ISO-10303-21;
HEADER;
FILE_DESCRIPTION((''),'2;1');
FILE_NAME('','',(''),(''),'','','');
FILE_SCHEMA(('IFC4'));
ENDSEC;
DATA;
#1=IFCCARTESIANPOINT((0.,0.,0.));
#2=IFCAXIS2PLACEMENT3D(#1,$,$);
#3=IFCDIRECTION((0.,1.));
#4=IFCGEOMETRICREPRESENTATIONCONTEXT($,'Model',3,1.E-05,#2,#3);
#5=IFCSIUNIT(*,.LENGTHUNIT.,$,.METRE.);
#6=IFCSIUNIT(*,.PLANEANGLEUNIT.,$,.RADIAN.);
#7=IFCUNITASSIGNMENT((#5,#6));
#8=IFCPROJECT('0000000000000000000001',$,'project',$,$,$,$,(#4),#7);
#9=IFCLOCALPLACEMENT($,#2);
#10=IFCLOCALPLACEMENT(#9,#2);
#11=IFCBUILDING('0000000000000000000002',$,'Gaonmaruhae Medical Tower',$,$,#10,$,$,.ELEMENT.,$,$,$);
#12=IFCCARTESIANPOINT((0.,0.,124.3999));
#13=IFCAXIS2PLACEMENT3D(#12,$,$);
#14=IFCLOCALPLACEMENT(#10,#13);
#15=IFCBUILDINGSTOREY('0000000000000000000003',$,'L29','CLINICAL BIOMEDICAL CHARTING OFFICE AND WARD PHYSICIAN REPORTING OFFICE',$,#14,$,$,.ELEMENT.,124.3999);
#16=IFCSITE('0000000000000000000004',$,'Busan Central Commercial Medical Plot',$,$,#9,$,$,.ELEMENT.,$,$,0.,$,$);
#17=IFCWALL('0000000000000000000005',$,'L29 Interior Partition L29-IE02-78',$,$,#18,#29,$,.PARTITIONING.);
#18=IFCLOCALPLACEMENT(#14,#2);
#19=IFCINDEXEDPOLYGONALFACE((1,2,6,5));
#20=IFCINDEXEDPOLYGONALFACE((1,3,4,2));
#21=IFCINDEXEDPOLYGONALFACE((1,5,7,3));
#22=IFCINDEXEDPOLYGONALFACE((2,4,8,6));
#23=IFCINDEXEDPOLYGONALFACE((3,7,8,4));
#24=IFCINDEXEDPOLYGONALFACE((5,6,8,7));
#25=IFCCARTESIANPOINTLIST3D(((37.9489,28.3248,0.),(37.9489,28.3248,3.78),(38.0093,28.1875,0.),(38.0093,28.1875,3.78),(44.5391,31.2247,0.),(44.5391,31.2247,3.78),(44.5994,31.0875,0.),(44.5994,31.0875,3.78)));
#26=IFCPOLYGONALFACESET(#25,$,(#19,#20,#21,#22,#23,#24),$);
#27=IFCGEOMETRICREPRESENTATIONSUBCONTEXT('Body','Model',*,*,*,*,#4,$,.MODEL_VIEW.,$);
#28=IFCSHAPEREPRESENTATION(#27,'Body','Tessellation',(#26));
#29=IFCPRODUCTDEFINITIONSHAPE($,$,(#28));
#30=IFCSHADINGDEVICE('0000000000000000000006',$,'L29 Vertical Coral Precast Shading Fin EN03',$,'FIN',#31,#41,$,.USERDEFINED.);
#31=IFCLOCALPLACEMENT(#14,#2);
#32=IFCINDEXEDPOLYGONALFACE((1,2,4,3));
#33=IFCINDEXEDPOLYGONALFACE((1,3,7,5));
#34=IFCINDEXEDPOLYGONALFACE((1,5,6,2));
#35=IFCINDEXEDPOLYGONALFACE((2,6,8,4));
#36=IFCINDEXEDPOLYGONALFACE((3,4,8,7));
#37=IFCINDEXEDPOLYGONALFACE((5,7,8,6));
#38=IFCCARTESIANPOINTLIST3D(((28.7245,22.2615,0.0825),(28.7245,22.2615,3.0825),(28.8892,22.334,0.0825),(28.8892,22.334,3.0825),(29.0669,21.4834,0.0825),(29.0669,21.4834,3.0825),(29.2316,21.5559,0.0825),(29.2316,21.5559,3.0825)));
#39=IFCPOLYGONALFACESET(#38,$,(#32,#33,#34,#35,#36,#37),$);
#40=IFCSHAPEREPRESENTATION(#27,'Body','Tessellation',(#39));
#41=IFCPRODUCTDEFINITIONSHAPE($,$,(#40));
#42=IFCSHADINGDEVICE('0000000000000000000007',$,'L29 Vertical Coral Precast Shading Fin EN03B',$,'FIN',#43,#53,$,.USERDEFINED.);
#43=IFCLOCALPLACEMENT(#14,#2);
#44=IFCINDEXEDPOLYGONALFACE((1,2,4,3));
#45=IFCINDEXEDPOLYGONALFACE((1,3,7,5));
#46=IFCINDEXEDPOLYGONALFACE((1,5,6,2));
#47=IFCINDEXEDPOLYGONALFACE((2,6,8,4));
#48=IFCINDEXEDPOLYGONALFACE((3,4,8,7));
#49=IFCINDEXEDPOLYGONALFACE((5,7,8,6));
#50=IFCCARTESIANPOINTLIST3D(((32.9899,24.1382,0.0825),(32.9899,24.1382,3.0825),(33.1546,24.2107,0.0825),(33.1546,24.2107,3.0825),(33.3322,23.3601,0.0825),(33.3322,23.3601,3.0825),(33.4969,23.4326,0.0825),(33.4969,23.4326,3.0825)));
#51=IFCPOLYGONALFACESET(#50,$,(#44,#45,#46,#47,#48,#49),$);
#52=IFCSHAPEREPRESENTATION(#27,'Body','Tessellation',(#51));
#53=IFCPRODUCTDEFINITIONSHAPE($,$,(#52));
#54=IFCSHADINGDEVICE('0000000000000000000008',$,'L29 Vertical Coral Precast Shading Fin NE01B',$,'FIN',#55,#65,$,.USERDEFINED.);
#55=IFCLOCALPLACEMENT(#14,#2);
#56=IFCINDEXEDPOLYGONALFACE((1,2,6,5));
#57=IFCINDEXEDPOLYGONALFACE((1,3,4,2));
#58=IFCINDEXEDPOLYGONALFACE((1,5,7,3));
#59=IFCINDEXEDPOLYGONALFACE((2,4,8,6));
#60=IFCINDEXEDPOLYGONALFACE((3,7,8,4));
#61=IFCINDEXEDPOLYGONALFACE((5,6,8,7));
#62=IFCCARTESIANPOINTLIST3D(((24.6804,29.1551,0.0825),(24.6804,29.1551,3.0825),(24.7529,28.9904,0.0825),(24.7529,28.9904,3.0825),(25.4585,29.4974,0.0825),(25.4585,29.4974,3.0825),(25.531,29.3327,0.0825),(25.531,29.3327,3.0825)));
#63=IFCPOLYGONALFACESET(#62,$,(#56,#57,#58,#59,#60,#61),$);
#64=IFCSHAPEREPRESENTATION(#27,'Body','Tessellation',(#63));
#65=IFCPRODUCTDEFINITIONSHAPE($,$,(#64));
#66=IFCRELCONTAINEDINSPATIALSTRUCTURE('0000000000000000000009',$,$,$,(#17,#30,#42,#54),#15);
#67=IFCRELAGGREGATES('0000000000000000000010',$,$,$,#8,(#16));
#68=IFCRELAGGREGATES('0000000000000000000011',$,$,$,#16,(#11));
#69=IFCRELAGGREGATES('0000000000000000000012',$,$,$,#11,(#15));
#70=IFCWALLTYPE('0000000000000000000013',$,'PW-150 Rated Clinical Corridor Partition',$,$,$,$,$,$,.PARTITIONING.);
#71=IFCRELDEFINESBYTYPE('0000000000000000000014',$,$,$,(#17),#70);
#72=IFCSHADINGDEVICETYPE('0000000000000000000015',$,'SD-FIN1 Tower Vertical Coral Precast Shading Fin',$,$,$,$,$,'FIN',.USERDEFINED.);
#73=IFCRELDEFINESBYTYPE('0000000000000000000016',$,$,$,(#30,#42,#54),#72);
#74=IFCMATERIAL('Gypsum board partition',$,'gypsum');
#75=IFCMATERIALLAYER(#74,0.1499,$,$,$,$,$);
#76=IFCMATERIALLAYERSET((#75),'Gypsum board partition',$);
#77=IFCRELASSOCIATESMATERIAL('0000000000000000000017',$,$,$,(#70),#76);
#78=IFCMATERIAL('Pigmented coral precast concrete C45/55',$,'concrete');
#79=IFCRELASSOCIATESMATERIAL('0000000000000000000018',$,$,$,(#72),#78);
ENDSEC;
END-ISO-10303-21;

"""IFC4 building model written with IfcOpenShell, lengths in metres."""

from ifc_helpers import new_model, si_unit, direction, frame, frame_2d, origin, origin_2d, place, context, subcontext, project, spatial, rectangle, extrude, material, layer, layer_set, type_object, element, save


model = new_model("IFC4")

# Units and contexts
model_context = context("Model", 3, precision=1e-05, world=origin(), true_north=direction((0.0, 1.0)))
body_context = subcontext(model_context, "Body", "Model", "MODEL_VIEW")
ifc_project = project(units=[si_unit("LENGTHUNIT", "METRE"), si_unit("PLANEANGLEUNIT", "RADIAN")], contexts=[model_context])

# Site, building, storey
site_placement = place(None, origin())
site = spatial("IfcSite", under=ifc_project, at=site_placement, Name="Busan Central Commercial Medical Plot", CompositionType="ELEMENT", RefElevation=0.0)
building_placement = place(site_placement, origin())
building = spatial("IfcBuilding", under=site, at=building_placement, Name="Gaonmaruhae Medical Tower", CompositionType="ELEMENT")
storey_placement = place(building_placement, frame((0.0, 0.0, 124.3999)))
storey = spatial("IfcBuildingStorey", under=building, at=storey_placement, Name="L29", Description="CLINICAL BIOMEDICAL CHARTING OFFICE AND WARD PHYSICIAN REPORTING OFFICE", CompositionType="ELEMENT", Elevation=124.3999)

# Shared definitions
ifc_material_1 = material(Name="Gypsum board partition", Category="gypsum")
ifc_layer_1 = layer(ifc_material_1, 0.1499)
ifc_layer_set_1 = layer_set([ifc_layer_1], Name="Gypsum board partition")
wall_type_1 = type_object("IfcWallType", Name="PW-150 Rated Clinical Corridor Partition", PredefinedType="PARTITIONING", material=ifc_layer_set_1)

# Wall
wall_1_placement = place(storey_placement, frame((37.979, 28.2561, 0.0), z_axis=(0.0, 0.0, 1.0), x_axis=(0.915302, 0.402769, 0.0)))
element("IfcWall", 1, at=wall_1_placement, inside=storey, type_object=wall_type_1, Name="L29 Interior Partition L29-IE02-78", PredefinedType="PARTITIONING", context=body_context, shape_type="SweptSolid", body=[
    extrude(rectangle(XDim=7.2, YDim=0.1499, at=frame_2d((3.6001, 0.0))), origin(), (0.0, 0.0, 1.0), 3.78),
])

# Shading devices
ifc_material_2 = material(Name="Pigmented coral precast concrete C45/55", Category="concrete")
shading_device_type = type_object("IfcShadingDeviceType", Name="SD-FIN1 Tower Vertical Coral Precast Shading Fin", ElementType="FIN", PredefinedType="USERDEFINED", material=ifc_material_2)
for number, where, z_axis, x_axis, name in (
    (2, (28.978, 21.9087, 0.0825), (0.0, 0.0, 1.0), (0.915311, 0.402747, 0.0), "L29 Vertical Coral Precast Shading Fin EN03"),
    (3, (33.2434, 23.7854, 0.0825), (0.0, 0.0, 1.0), (0.915311, 0.402747, 0.0), "L29 Vertical Coral Precast Shading Fin EN03B"),
    (4, (25.1057, 29.2439, 0.0825), (0.0, 0.0, 1.0), (0.402731, -0.915319, 0.0), "L29 Vertical Coral Precast Shading Fin NE01B"),
):
    element("IfcShadingDevice", number, at=place(storey_placement, frame(where, z_axis=z_axis, x_axis=x_axis)), inside=storey, type_object=shading_device_type, Name=name, ObjectType="FIN", PredefinedType="USERDEFINED", context=body_context, shape_type="SweptSolid", body=[
        extrude(rectangle(XDim=0.1799, YDim=0.8501, at=origin_2d()), origin(), (0.0, 0.0, 1.0), 3.0),
    ])

save(model, "model.ifc")
